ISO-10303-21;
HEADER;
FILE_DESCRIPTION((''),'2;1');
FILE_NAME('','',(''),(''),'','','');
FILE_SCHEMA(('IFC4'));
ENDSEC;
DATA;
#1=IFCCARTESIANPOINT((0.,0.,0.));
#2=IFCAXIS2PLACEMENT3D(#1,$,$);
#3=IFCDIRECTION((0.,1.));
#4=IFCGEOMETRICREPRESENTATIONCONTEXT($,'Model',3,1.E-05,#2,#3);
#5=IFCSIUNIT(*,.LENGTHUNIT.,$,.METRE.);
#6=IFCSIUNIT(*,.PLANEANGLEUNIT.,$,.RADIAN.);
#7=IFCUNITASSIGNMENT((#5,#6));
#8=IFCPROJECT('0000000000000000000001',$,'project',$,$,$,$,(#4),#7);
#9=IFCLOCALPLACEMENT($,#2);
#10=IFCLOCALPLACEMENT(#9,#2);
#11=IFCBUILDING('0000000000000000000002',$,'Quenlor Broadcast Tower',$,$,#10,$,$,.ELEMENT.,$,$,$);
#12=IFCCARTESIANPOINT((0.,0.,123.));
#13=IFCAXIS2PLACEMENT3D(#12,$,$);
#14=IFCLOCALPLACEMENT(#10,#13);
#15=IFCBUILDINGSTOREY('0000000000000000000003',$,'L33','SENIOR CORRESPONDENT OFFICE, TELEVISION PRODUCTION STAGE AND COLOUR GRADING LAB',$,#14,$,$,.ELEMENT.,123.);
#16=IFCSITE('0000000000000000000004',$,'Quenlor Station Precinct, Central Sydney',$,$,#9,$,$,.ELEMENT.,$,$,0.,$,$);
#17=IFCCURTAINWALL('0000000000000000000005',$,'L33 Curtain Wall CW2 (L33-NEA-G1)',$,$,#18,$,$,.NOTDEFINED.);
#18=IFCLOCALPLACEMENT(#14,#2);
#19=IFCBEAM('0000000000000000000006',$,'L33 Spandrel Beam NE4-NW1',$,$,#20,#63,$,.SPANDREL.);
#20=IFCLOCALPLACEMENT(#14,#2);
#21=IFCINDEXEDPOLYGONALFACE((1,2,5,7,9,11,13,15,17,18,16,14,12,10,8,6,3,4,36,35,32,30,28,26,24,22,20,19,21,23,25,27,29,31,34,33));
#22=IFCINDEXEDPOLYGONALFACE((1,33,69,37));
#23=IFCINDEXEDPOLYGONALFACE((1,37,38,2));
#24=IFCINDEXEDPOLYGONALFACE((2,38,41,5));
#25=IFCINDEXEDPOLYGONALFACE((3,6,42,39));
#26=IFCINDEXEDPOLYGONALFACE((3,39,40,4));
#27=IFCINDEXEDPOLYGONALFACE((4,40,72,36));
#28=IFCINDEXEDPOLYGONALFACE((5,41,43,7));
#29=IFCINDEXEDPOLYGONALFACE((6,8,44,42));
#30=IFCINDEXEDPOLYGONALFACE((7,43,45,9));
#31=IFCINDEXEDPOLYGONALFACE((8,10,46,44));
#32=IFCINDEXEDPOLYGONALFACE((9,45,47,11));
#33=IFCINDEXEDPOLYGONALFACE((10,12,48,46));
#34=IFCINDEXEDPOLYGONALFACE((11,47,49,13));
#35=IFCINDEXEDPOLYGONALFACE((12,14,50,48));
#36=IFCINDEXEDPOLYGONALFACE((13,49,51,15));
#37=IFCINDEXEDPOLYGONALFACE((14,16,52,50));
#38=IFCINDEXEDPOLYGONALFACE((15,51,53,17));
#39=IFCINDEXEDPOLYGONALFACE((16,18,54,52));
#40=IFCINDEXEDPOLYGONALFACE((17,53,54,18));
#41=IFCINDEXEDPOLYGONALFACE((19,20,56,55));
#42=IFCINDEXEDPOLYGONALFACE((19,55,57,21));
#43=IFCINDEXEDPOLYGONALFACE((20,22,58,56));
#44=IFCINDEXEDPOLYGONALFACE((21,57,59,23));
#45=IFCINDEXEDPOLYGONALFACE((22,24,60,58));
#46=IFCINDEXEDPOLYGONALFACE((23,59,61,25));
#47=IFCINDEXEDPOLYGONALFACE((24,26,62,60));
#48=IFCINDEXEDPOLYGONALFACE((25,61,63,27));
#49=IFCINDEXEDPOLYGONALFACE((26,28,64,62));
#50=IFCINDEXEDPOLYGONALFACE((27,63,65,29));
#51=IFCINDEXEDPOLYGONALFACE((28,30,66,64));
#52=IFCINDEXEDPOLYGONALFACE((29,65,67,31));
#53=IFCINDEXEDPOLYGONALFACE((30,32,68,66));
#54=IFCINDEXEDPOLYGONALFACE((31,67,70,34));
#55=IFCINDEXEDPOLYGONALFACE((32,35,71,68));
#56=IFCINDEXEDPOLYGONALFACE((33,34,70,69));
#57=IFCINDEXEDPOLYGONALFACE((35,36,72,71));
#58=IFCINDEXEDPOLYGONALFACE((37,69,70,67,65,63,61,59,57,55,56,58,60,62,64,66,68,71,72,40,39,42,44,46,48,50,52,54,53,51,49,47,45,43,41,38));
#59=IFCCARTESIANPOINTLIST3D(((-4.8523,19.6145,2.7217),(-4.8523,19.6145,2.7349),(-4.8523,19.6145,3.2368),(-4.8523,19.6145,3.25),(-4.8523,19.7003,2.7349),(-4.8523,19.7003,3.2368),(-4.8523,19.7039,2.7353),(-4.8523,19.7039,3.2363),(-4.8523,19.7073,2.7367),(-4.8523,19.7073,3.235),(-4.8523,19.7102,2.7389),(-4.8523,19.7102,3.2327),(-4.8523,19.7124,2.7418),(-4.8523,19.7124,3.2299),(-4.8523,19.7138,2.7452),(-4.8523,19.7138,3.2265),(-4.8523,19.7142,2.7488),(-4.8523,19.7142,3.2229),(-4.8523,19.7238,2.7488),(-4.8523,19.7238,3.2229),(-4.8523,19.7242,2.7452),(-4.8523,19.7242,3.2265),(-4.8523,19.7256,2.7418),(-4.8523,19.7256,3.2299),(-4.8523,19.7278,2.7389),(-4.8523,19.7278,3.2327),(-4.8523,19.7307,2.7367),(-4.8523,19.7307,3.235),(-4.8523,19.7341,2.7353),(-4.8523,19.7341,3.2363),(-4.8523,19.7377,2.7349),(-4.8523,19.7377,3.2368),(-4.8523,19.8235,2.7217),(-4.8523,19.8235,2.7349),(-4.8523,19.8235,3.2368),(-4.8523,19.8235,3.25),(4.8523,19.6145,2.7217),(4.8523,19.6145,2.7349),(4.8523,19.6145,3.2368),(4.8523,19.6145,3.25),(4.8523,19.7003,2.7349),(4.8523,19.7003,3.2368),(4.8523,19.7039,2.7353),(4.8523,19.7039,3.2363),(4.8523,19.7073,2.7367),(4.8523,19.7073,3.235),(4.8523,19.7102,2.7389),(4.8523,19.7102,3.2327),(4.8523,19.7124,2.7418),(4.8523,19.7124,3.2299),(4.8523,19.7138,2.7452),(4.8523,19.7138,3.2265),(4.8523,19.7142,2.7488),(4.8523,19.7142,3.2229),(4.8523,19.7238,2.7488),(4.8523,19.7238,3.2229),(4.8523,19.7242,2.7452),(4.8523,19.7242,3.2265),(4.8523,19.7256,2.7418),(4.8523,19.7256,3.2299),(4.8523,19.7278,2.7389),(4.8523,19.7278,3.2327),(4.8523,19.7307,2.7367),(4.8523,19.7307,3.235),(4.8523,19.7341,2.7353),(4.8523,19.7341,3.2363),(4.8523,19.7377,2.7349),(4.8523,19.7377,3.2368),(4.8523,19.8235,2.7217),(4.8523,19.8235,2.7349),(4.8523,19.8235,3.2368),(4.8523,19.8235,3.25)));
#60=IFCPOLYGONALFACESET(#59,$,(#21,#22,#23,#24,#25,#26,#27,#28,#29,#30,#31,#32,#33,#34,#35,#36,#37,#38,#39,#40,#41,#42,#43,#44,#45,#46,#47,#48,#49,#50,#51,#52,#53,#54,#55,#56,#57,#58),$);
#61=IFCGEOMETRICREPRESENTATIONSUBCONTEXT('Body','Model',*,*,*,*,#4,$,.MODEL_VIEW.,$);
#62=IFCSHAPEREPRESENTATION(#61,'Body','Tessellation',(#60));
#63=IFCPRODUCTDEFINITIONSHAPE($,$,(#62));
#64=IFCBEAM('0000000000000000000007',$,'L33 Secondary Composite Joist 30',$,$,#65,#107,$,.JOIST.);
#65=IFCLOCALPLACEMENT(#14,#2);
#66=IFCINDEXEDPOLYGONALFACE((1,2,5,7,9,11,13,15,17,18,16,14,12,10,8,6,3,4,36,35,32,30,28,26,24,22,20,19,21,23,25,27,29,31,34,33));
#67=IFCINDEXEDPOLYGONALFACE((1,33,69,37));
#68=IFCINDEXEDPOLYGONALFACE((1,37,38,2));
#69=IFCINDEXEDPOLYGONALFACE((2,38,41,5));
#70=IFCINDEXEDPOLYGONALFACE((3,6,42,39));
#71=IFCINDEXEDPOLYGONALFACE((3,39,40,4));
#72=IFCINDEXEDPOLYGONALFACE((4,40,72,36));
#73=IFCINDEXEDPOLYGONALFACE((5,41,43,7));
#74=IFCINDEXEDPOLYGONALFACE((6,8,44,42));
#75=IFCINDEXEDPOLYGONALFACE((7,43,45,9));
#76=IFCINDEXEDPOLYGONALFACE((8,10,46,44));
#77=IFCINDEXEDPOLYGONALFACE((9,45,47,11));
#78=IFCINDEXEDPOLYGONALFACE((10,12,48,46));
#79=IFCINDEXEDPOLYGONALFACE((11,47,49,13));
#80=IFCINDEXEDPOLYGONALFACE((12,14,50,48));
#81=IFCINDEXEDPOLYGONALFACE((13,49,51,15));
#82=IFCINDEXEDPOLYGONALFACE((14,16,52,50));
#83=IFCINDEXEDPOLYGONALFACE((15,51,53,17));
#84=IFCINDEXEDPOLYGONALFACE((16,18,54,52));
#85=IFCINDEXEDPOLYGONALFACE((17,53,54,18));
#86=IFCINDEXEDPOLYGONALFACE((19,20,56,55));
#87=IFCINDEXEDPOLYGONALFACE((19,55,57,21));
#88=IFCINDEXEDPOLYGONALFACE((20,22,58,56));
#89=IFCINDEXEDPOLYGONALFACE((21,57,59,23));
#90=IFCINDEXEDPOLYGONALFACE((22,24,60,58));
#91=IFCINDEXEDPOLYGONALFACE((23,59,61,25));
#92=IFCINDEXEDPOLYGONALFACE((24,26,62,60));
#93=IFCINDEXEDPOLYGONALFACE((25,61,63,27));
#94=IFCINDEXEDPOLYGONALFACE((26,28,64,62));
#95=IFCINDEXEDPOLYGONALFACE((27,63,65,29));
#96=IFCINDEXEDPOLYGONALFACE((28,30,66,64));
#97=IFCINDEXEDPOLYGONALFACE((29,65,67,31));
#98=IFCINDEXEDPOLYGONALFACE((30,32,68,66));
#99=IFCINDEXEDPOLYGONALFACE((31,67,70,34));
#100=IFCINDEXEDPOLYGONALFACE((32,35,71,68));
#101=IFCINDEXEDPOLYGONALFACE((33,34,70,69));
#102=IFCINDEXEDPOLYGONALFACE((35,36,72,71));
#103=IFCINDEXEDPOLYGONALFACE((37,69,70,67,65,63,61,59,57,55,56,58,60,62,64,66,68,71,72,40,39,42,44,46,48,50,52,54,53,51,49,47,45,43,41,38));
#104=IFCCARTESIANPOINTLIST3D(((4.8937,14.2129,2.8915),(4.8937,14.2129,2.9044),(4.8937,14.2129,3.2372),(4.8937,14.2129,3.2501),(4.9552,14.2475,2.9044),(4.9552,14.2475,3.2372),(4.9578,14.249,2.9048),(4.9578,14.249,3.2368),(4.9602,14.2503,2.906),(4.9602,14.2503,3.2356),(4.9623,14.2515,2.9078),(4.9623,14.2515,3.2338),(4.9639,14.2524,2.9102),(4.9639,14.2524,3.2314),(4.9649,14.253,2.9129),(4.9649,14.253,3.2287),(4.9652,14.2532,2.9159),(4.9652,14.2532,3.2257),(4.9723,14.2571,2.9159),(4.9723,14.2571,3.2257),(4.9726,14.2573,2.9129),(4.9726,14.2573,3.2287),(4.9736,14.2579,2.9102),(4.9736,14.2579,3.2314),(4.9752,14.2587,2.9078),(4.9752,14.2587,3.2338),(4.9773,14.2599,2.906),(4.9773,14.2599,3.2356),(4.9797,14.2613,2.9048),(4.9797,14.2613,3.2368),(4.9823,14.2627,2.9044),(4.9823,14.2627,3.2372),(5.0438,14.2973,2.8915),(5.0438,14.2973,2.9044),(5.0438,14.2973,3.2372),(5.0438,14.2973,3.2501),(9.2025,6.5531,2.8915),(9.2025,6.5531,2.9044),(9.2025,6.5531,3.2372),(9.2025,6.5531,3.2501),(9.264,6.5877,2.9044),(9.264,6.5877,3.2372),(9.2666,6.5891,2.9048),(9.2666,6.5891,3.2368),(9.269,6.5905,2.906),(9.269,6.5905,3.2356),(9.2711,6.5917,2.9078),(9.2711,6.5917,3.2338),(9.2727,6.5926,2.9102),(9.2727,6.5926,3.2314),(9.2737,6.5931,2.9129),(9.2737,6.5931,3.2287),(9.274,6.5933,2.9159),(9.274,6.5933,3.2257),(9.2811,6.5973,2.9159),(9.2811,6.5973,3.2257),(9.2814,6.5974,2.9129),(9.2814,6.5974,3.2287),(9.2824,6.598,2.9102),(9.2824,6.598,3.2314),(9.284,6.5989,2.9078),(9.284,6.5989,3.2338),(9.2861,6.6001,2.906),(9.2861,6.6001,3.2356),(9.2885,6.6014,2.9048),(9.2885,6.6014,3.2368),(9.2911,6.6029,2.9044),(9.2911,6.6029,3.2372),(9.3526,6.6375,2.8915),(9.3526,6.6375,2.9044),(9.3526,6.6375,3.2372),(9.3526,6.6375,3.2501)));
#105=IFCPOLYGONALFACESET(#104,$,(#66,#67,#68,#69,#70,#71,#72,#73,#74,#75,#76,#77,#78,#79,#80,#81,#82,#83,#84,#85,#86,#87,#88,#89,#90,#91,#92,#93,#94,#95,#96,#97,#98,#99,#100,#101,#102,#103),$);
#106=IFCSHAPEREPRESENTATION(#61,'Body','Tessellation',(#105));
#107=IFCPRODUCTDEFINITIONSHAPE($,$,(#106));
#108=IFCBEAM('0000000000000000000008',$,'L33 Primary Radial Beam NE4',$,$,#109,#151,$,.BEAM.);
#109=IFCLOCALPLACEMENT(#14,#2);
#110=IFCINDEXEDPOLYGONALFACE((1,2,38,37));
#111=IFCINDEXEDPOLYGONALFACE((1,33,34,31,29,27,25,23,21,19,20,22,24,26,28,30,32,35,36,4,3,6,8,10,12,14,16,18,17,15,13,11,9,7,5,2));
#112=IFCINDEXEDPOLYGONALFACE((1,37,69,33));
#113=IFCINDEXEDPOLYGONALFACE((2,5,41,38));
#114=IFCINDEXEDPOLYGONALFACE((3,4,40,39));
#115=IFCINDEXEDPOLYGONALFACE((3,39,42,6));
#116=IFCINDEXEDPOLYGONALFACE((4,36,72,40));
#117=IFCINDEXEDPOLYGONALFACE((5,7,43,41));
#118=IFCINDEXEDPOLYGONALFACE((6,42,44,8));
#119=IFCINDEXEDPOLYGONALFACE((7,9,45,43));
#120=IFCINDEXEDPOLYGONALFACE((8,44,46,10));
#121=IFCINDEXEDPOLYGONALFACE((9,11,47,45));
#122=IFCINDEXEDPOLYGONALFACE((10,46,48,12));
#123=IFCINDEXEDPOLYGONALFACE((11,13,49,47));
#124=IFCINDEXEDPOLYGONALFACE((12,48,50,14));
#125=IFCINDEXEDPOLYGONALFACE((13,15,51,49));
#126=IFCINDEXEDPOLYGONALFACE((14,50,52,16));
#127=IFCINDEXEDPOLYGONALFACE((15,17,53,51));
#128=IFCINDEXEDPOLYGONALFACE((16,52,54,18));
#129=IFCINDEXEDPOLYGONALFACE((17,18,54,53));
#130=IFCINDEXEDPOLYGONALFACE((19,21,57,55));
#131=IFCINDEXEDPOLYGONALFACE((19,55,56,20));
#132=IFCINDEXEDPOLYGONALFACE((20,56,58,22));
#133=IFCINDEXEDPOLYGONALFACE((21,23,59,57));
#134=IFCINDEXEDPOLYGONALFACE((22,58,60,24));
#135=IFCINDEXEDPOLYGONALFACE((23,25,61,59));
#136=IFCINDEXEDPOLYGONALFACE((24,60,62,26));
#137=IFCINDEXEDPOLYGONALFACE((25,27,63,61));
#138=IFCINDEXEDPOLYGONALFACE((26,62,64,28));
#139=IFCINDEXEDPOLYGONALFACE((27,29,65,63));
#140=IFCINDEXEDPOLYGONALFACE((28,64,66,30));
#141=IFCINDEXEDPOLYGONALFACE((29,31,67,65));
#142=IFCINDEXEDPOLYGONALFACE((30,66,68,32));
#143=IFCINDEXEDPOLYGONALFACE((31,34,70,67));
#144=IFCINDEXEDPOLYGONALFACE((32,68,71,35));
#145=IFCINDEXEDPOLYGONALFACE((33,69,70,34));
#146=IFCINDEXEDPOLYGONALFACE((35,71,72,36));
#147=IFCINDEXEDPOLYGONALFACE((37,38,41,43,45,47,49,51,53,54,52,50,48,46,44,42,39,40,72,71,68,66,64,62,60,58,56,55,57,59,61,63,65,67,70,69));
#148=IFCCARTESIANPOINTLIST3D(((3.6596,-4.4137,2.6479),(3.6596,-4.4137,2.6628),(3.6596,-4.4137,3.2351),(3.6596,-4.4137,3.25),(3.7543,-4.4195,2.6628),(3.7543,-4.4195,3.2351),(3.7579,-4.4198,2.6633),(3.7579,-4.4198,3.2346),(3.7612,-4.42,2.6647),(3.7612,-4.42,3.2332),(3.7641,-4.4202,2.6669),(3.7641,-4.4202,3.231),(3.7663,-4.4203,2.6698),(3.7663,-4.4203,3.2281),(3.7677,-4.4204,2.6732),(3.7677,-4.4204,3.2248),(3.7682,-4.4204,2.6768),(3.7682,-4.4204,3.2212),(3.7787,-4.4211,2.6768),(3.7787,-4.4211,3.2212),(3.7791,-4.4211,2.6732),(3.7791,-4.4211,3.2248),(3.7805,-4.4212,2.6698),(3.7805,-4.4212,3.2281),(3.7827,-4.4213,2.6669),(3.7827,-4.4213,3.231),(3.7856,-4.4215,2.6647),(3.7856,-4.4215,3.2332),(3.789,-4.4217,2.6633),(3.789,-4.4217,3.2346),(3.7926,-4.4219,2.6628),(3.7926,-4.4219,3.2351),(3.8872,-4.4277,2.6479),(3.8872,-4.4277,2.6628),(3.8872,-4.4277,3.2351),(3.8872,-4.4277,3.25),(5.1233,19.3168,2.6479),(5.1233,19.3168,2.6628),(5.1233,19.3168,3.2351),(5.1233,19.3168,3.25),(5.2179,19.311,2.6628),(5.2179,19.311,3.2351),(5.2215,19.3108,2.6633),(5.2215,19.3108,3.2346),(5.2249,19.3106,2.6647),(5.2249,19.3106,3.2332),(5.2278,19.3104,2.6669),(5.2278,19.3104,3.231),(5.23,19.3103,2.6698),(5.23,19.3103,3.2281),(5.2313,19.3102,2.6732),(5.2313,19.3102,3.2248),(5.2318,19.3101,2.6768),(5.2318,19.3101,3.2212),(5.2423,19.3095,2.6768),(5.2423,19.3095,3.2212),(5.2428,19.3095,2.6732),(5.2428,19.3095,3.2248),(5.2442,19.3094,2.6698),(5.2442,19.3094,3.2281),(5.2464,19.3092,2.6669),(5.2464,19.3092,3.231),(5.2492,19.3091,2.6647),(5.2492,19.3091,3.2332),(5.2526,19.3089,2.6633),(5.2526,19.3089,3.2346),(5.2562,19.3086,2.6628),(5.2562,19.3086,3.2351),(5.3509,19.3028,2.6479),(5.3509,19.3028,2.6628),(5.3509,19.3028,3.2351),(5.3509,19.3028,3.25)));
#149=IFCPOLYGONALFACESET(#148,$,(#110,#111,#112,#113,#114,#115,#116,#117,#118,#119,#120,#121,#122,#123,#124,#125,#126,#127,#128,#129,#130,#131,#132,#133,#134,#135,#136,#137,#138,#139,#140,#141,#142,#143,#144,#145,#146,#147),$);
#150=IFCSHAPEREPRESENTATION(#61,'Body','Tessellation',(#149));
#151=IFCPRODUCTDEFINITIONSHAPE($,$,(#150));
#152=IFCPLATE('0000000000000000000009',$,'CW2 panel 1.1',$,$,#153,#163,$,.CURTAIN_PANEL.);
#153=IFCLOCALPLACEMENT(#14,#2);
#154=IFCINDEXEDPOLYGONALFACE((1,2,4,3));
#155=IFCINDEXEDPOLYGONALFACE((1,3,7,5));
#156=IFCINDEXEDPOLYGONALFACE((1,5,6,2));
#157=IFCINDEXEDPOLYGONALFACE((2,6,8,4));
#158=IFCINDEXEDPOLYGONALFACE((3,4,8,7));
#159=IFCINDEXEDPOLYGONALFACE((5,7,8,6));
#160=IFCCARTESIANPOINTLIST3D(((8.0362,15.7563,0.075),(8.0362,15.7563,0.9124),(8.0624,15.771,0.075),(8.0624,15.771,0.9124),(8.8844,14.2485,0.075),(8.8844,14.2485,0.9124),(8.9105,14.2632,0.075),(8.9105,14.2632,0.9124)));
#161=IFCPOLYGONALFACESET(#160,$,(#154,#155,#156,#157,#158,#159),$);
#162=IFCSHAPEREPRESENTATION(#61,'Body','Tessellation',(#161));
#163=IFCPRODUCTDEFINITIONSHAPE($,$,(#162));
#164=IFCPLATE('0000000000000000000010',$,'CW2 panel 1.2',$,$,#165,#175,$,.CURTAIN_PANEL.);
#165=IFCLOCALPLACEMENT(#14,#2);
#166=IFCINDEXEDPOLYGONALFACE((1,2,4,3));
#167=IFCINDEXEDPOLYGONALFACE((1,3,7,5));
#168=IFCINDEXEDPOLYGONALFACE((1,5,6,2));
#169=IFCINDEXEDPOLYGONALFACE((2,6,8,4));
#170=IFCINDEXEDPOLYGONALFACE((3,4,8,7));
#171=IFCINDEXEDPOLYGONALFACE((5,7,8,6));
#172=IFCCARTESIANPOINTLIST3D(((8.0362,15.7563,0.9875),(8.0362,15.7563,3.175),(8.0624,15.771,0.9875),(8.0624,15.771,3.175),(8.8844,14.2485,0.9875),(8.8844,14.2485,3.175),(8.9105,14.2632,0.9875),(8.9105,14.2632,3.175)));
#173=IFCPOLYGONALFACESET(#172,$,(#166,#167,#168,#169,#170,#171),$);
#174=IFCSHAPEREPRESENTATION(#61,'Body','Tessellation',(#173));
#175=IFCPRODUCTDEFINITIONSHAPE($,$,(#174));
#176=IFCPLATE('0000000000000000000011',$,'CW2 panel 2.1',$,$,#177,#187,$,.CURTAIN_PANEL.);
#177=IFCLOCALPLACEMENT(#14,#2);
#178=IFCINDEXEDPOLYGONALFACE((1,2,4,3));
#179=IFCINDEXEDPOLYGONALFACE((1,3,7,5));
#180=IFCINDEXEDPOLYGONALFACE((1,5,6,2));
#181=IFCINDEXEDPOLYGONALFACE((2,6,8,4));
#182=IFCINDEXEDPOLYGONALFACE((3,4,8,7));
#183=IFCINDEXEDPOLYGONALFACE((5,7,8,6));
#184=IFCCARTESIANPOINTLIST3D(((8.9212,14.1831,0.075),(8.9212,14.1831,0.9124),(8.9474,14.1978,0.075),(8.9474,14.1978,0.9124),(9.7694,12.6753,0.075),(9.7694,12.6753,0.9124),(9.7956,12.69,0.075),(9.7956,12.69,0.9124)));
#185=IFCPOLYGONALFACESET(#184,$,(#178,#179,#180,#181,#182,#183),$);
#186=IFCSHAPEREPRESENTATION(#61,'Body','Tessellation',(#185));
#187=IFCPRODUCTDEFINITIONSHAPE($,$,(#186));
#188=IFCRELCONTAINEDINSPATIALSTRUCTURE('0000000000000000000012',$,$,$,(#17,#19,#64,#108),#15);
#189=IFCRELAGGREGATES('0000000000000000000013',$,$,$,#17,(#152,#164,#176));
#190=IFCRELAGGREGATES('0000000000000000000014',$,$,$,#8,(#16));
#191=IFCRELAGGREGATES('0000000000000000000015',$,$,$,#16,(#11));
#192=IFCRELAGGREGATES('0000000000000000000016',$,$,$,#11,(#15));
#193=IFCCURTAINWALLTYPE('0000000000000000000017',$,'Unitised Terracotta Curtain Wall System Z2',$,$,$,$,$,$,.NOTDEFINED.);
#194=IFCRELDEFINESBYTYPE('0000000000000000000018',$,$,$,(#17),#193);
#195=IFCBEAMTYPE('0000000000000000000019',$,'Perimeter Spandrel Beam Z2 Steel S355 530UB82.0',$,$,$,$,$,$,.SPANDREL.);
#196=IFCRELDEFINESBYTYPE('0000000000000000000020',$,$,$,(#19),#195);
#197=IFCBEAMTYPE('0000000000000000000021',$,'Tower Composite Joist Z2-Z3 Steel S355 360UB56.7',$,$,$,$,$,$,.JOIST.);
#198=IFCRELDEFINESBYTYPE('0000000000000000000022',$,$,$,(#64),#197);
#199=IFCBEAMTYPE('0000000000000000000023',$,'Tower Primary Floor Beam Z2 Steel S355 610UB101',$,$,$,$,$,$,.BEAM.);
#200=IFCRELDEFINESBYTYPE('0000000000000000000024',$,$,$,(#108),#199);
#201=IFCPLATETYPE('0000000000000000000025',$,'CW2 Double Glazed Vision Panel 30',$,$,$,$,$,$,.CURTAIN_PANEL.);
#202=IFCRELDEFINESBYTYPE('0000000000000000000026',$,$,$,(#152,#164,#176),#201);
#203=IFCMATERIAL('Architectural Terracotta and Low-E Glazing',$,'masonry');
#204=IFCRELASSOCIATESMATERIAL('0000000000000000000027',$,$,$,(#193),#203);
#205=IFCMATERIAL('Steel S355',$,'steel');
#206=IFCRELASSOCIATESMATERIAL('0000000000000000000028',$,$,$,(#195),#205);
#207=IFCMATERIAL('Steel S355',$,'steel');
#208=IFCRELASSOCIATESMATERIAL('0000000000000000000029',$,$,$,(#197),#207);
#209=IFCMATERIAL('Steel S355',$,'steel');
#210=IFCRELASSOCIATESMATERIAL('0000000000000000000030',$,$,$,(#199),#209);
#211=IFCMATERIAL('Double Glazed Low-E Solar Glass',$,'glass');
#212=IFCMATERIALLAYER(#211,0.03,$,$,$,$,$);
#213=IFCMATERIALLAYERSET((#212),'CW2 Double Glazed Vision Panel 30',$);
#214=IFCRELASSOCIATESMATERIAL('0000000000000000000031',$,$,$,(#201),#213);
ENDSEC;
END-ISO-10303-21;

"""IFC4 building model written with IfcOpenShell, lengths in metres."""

from ifc_helpers import new_model, si_unit, direction, frame, origin, origin_2d, place, context, subcontext, project, spatial, rectangle, i_section, extrude, material, layer, layer_set, material_profile, profile_set, type_object, element, aggregate, save


model = new_model("IFC4")

# Units and contexts
model_context = context("Model", 3, precision=1e-05, world=origin(), true_north=direction((0.0, 1.0)))
body_context = subcontext(model_context, "Body", "Model", "MODEL_VIEW")
ifc_project = project(units=[si_unit("LENGTHUNIT", "METRE"), si_unit("PLANEANGLEUNIT", "RADIAN")], contexts=[model_context])

# Site, building, storey
site_placement = place(None, origin())
site = spatial("IfcSite", under=ifc_project, at=site_placement, Name="Quenlor Station Precinct, Central Sydney", CompositionType="ELEMENT", RefElevation=0.0)
building_placement = place(site_placement, origin())
building = spatial("IfcBuilding", under=site, at=building_placement, Name="Quenlor Broadcast Tower", CompositionType="ELEMENT")
storey_placement = place(building_placement, frame((0.0, 0.0, 123.0)))
storey = spatial("IfcBuildingStorey", under=building, at=storey_placement, Name="L33", Description="SENIOR CORRESPONDENT OFFICE, TELEVISION PRODUCTION STAGE AND COLOUR GRADING LAB", CompositionType="ELEMENT", Elevation=123.0)

# Curtain wall
ifc_material_1 = material(Name="Architectural Terracotta and Low-E Glazing", Category="masonry")
curtain_wall_type = type_object("IfcCurtainWallType", Name="Unitised Terracotta Curtain Wall System Z2", PredefinedType="NOTDEFINED", material=ifc_material_1)
curtain_wall_placement = place(storey_placement, origin())
curtain_wall = element("IfcCurtainWall", 1, at=curtain_wall_placement, inside=storey, type_object=curtain_wall_type, Name="L33 Curtain Wall CW2 (L33-NEA-G1)", PredefinedType="NOTDEFINED")

# Beams
ifc_material_2 = material(Name="Steel S355", Category="steel")
ifc_material_profile_1 = material_profile(ifc_material_2, i_section(OverallWidth=0.209, OverallDepth=0.5283, WebThickness=0.0095, FlangeThickness=0.0132, FilletRadius=0.0139, at=origin_2d()))
ifc_profile_set_1 = profile_set([ifc_material_profile_1], Name="Steel S355 530UB82.0")
beam_type_1 = type_object("IfcBeamType", Name="Perimeter Spandrel Beam Z2 Steel S355 530UB82.0", PredefinedType="SPANDREL", material=ifc_profile_set_1)
beam_1_placement = place(storey_placement, frame((4.8523, 19.719, 2.9858), z_axis=(-1.0, 0.0, 0.0), x_axis=(0.0, -1.0, 0.0)))
element("IfcBeam", 2, at=beam_1_placement, inside=storey, type_object=beam_type_1, Name="L33 Spandrel Beam NE4-NW1", PredefinedType="SPANDREL", context=body_context, shape_type="SweptSolid", body=[
    extrude(i_section(OverallWidth=0.209, OverallDepth=0.5283, WebThickness=0.0095, FlangeThickness=0.0132, FilletRadius=0.0139, at=origin_2d()), origin(), (0.0, 0.0, 1.0), 9.7046),
])
ifc_material_3 = material(Name="Steel S355", Category="steel")
ifc_material_profile_2 = material_profile(ifc_material_3, i_section(OverallWidth=0.1721, OverallDepth=0.3586, WebThickness=0.0081, FlangeThickness=0.0129, FilletRadius=0.0115, at=origin_2d()))
ifc_profile_set_2 = profile_set([ifc_material_profile_2], Name="Steel S355 360UB56.7")
beam_type_2 = type_object("IfcBeamType", Name="Tower Composite Joist Z2-Z3 Steel S355 360UB56.7", PredefinedType="JOIST", material=ifc_profile_set_2)
beam_2_placement = place(storey_placement, frame((4.9688, 14.2551, 3.0708), z_axis=(0.490273, -0.871569, 0.0), x_axis=(0.871569, 0.490273, 0.0)))
element("IfcBeam", 3, at=beam_2_placement, inside=storey, type_object=beam_type_2, Name="L33 Secondary Composite Joist 30", PredefinedType="JOIST", context=body_context, shape_type="SweptSolid", body=[
    extrude(i_section(OverallWidth=0.1721, OverallDepth=0.3586, WebThickness=0.0081, FlangeThickness=0.0129, FilletRadius=0.0115, at=origin_2d()), origin(), (0.0, 0.0, 1.0), 8.7886),
])
ifc_material_4 = material(Name="Steel S355", Category="steel")
ifc_material_profile_3 = material_profile(ifc_material_4, i_section(OverallWidth=0.228, OverallDepth=0.6021, WebThickness=0.0105, FlangeThickness=0.0149, FilletRadius=0.0139, at=origin_2d()))
ifc_profile_set_3 = profile_set([ifc_material_profile_3], Name="Steel S355 610UB101")
beam_type_3 = type_object("IfcBeamType", Name="Tower Primary Floor Beam Z2 Steel S355 610UB101", PredefinedType="BEAM", material=ifc_profile_set_3)
beam_3_placement = place(storey_placement, frame((5.2371, 19.3098, 2.949), z_axis=(-0.06156, -0.998103, 0.0), x_axis=(0.998103, -0.06156, 0.0)))
element("IfcBeam", 4, at=beam_3_placement, inside=storey, type_object=beam_type_3, Name="L33 Primary Radial Beam NE4", PredefinedType="BEAM", context=body_context, shape_type="SweptSolid", body=[
    extrude(i_section(OverallWidth=0.228, OverallDepth=0.6021, WebThickness=0.0105, FlangeThickness=0.0149, FilletRadius=0.0139, at=origin_2d()), origin(), (0.0, 0.0, 1.0), 23.7756),
])

# Plates
ifc_material_5 = material(Name="Double Glazed Low-E Solar Glass", Category="glass")
ifc_layer_1 = layer(ifc_material_5, 0.03)
ifc_layer_set_1 = layer_set([ifc_layer_1], Name="CW2 Double Glazed Vision Panel 30")
plate_type_1 = type_object("IfcPlateType", Name="CW2 Double Glazed Vision Panel 30", PredefinedType="CURTAIN_PANEL", material=ifc_layer_set_1)
plate_1_placement = place(storey_placement, frame((8.4734, 15.0098, 0.075), z_axis=(0.0, 0.0, 1.0), x_axis=(0.490265, -0.871573, 0.0)))
plate_1 = element("IfcPlate", 5, at=plate_1_placement, type_object=plate_type_1, Name="CW2 panel 1.1", PredefinedType="CURTAIN_PANEL", context=body_context, shape_type="SweptSolid", body=[
    extrude(rectangle(XDim=1.73, YDim=0.03, at=origin_2d()), origin(), (0.0, 0.0, 1.0), 0.8374),
])
plate_2_placement = place(storey_placement, frame((8.4734, 15.0098, 0.9875), z_axis=(0.0, 0.0, 1.0), x_axis=(0.490265, -0.871573, 0.0)))
plate_2 = element("IfcPlate", 6, at=plate_2_placement, type_object=plate_type_1, Name="CW2 panel 1.2", PredefinedType="CURTAIN_PANEL", context=body_context, shape_type="SweptSolid", body=[
    extrude(rectangle(XDim=1.73, YDim=0.03, at=origin_2d()), origin(), (0.0, 0.0, 1.0), 2.1875),
])
plate_3_placement = place(storey_placement, frame((9.3584, 13.4365, 0.075), z_axis=(0.0, 0.0, 1.0), x_axis=(0.490265, -0.871573, 0.0)))
plate_3 = element("IfcPlate", 7, at=plate_3_placement, type_object=plate_type_1, Name="CW2 panel 2.1", PredefinedType="CURTAIN_PANEL", context=body_context, shape_type="SweptSolid", body=[
    extrude(rectangle(XDim=1.73, YDim=0.03, at=origin_2d()), origin(), (0.0, 0.0, 1.0), 0.8374),
])
aggregate(curtain_wall, [plate_1, plate_2, plate_3])

save(model, "model.ifc")
